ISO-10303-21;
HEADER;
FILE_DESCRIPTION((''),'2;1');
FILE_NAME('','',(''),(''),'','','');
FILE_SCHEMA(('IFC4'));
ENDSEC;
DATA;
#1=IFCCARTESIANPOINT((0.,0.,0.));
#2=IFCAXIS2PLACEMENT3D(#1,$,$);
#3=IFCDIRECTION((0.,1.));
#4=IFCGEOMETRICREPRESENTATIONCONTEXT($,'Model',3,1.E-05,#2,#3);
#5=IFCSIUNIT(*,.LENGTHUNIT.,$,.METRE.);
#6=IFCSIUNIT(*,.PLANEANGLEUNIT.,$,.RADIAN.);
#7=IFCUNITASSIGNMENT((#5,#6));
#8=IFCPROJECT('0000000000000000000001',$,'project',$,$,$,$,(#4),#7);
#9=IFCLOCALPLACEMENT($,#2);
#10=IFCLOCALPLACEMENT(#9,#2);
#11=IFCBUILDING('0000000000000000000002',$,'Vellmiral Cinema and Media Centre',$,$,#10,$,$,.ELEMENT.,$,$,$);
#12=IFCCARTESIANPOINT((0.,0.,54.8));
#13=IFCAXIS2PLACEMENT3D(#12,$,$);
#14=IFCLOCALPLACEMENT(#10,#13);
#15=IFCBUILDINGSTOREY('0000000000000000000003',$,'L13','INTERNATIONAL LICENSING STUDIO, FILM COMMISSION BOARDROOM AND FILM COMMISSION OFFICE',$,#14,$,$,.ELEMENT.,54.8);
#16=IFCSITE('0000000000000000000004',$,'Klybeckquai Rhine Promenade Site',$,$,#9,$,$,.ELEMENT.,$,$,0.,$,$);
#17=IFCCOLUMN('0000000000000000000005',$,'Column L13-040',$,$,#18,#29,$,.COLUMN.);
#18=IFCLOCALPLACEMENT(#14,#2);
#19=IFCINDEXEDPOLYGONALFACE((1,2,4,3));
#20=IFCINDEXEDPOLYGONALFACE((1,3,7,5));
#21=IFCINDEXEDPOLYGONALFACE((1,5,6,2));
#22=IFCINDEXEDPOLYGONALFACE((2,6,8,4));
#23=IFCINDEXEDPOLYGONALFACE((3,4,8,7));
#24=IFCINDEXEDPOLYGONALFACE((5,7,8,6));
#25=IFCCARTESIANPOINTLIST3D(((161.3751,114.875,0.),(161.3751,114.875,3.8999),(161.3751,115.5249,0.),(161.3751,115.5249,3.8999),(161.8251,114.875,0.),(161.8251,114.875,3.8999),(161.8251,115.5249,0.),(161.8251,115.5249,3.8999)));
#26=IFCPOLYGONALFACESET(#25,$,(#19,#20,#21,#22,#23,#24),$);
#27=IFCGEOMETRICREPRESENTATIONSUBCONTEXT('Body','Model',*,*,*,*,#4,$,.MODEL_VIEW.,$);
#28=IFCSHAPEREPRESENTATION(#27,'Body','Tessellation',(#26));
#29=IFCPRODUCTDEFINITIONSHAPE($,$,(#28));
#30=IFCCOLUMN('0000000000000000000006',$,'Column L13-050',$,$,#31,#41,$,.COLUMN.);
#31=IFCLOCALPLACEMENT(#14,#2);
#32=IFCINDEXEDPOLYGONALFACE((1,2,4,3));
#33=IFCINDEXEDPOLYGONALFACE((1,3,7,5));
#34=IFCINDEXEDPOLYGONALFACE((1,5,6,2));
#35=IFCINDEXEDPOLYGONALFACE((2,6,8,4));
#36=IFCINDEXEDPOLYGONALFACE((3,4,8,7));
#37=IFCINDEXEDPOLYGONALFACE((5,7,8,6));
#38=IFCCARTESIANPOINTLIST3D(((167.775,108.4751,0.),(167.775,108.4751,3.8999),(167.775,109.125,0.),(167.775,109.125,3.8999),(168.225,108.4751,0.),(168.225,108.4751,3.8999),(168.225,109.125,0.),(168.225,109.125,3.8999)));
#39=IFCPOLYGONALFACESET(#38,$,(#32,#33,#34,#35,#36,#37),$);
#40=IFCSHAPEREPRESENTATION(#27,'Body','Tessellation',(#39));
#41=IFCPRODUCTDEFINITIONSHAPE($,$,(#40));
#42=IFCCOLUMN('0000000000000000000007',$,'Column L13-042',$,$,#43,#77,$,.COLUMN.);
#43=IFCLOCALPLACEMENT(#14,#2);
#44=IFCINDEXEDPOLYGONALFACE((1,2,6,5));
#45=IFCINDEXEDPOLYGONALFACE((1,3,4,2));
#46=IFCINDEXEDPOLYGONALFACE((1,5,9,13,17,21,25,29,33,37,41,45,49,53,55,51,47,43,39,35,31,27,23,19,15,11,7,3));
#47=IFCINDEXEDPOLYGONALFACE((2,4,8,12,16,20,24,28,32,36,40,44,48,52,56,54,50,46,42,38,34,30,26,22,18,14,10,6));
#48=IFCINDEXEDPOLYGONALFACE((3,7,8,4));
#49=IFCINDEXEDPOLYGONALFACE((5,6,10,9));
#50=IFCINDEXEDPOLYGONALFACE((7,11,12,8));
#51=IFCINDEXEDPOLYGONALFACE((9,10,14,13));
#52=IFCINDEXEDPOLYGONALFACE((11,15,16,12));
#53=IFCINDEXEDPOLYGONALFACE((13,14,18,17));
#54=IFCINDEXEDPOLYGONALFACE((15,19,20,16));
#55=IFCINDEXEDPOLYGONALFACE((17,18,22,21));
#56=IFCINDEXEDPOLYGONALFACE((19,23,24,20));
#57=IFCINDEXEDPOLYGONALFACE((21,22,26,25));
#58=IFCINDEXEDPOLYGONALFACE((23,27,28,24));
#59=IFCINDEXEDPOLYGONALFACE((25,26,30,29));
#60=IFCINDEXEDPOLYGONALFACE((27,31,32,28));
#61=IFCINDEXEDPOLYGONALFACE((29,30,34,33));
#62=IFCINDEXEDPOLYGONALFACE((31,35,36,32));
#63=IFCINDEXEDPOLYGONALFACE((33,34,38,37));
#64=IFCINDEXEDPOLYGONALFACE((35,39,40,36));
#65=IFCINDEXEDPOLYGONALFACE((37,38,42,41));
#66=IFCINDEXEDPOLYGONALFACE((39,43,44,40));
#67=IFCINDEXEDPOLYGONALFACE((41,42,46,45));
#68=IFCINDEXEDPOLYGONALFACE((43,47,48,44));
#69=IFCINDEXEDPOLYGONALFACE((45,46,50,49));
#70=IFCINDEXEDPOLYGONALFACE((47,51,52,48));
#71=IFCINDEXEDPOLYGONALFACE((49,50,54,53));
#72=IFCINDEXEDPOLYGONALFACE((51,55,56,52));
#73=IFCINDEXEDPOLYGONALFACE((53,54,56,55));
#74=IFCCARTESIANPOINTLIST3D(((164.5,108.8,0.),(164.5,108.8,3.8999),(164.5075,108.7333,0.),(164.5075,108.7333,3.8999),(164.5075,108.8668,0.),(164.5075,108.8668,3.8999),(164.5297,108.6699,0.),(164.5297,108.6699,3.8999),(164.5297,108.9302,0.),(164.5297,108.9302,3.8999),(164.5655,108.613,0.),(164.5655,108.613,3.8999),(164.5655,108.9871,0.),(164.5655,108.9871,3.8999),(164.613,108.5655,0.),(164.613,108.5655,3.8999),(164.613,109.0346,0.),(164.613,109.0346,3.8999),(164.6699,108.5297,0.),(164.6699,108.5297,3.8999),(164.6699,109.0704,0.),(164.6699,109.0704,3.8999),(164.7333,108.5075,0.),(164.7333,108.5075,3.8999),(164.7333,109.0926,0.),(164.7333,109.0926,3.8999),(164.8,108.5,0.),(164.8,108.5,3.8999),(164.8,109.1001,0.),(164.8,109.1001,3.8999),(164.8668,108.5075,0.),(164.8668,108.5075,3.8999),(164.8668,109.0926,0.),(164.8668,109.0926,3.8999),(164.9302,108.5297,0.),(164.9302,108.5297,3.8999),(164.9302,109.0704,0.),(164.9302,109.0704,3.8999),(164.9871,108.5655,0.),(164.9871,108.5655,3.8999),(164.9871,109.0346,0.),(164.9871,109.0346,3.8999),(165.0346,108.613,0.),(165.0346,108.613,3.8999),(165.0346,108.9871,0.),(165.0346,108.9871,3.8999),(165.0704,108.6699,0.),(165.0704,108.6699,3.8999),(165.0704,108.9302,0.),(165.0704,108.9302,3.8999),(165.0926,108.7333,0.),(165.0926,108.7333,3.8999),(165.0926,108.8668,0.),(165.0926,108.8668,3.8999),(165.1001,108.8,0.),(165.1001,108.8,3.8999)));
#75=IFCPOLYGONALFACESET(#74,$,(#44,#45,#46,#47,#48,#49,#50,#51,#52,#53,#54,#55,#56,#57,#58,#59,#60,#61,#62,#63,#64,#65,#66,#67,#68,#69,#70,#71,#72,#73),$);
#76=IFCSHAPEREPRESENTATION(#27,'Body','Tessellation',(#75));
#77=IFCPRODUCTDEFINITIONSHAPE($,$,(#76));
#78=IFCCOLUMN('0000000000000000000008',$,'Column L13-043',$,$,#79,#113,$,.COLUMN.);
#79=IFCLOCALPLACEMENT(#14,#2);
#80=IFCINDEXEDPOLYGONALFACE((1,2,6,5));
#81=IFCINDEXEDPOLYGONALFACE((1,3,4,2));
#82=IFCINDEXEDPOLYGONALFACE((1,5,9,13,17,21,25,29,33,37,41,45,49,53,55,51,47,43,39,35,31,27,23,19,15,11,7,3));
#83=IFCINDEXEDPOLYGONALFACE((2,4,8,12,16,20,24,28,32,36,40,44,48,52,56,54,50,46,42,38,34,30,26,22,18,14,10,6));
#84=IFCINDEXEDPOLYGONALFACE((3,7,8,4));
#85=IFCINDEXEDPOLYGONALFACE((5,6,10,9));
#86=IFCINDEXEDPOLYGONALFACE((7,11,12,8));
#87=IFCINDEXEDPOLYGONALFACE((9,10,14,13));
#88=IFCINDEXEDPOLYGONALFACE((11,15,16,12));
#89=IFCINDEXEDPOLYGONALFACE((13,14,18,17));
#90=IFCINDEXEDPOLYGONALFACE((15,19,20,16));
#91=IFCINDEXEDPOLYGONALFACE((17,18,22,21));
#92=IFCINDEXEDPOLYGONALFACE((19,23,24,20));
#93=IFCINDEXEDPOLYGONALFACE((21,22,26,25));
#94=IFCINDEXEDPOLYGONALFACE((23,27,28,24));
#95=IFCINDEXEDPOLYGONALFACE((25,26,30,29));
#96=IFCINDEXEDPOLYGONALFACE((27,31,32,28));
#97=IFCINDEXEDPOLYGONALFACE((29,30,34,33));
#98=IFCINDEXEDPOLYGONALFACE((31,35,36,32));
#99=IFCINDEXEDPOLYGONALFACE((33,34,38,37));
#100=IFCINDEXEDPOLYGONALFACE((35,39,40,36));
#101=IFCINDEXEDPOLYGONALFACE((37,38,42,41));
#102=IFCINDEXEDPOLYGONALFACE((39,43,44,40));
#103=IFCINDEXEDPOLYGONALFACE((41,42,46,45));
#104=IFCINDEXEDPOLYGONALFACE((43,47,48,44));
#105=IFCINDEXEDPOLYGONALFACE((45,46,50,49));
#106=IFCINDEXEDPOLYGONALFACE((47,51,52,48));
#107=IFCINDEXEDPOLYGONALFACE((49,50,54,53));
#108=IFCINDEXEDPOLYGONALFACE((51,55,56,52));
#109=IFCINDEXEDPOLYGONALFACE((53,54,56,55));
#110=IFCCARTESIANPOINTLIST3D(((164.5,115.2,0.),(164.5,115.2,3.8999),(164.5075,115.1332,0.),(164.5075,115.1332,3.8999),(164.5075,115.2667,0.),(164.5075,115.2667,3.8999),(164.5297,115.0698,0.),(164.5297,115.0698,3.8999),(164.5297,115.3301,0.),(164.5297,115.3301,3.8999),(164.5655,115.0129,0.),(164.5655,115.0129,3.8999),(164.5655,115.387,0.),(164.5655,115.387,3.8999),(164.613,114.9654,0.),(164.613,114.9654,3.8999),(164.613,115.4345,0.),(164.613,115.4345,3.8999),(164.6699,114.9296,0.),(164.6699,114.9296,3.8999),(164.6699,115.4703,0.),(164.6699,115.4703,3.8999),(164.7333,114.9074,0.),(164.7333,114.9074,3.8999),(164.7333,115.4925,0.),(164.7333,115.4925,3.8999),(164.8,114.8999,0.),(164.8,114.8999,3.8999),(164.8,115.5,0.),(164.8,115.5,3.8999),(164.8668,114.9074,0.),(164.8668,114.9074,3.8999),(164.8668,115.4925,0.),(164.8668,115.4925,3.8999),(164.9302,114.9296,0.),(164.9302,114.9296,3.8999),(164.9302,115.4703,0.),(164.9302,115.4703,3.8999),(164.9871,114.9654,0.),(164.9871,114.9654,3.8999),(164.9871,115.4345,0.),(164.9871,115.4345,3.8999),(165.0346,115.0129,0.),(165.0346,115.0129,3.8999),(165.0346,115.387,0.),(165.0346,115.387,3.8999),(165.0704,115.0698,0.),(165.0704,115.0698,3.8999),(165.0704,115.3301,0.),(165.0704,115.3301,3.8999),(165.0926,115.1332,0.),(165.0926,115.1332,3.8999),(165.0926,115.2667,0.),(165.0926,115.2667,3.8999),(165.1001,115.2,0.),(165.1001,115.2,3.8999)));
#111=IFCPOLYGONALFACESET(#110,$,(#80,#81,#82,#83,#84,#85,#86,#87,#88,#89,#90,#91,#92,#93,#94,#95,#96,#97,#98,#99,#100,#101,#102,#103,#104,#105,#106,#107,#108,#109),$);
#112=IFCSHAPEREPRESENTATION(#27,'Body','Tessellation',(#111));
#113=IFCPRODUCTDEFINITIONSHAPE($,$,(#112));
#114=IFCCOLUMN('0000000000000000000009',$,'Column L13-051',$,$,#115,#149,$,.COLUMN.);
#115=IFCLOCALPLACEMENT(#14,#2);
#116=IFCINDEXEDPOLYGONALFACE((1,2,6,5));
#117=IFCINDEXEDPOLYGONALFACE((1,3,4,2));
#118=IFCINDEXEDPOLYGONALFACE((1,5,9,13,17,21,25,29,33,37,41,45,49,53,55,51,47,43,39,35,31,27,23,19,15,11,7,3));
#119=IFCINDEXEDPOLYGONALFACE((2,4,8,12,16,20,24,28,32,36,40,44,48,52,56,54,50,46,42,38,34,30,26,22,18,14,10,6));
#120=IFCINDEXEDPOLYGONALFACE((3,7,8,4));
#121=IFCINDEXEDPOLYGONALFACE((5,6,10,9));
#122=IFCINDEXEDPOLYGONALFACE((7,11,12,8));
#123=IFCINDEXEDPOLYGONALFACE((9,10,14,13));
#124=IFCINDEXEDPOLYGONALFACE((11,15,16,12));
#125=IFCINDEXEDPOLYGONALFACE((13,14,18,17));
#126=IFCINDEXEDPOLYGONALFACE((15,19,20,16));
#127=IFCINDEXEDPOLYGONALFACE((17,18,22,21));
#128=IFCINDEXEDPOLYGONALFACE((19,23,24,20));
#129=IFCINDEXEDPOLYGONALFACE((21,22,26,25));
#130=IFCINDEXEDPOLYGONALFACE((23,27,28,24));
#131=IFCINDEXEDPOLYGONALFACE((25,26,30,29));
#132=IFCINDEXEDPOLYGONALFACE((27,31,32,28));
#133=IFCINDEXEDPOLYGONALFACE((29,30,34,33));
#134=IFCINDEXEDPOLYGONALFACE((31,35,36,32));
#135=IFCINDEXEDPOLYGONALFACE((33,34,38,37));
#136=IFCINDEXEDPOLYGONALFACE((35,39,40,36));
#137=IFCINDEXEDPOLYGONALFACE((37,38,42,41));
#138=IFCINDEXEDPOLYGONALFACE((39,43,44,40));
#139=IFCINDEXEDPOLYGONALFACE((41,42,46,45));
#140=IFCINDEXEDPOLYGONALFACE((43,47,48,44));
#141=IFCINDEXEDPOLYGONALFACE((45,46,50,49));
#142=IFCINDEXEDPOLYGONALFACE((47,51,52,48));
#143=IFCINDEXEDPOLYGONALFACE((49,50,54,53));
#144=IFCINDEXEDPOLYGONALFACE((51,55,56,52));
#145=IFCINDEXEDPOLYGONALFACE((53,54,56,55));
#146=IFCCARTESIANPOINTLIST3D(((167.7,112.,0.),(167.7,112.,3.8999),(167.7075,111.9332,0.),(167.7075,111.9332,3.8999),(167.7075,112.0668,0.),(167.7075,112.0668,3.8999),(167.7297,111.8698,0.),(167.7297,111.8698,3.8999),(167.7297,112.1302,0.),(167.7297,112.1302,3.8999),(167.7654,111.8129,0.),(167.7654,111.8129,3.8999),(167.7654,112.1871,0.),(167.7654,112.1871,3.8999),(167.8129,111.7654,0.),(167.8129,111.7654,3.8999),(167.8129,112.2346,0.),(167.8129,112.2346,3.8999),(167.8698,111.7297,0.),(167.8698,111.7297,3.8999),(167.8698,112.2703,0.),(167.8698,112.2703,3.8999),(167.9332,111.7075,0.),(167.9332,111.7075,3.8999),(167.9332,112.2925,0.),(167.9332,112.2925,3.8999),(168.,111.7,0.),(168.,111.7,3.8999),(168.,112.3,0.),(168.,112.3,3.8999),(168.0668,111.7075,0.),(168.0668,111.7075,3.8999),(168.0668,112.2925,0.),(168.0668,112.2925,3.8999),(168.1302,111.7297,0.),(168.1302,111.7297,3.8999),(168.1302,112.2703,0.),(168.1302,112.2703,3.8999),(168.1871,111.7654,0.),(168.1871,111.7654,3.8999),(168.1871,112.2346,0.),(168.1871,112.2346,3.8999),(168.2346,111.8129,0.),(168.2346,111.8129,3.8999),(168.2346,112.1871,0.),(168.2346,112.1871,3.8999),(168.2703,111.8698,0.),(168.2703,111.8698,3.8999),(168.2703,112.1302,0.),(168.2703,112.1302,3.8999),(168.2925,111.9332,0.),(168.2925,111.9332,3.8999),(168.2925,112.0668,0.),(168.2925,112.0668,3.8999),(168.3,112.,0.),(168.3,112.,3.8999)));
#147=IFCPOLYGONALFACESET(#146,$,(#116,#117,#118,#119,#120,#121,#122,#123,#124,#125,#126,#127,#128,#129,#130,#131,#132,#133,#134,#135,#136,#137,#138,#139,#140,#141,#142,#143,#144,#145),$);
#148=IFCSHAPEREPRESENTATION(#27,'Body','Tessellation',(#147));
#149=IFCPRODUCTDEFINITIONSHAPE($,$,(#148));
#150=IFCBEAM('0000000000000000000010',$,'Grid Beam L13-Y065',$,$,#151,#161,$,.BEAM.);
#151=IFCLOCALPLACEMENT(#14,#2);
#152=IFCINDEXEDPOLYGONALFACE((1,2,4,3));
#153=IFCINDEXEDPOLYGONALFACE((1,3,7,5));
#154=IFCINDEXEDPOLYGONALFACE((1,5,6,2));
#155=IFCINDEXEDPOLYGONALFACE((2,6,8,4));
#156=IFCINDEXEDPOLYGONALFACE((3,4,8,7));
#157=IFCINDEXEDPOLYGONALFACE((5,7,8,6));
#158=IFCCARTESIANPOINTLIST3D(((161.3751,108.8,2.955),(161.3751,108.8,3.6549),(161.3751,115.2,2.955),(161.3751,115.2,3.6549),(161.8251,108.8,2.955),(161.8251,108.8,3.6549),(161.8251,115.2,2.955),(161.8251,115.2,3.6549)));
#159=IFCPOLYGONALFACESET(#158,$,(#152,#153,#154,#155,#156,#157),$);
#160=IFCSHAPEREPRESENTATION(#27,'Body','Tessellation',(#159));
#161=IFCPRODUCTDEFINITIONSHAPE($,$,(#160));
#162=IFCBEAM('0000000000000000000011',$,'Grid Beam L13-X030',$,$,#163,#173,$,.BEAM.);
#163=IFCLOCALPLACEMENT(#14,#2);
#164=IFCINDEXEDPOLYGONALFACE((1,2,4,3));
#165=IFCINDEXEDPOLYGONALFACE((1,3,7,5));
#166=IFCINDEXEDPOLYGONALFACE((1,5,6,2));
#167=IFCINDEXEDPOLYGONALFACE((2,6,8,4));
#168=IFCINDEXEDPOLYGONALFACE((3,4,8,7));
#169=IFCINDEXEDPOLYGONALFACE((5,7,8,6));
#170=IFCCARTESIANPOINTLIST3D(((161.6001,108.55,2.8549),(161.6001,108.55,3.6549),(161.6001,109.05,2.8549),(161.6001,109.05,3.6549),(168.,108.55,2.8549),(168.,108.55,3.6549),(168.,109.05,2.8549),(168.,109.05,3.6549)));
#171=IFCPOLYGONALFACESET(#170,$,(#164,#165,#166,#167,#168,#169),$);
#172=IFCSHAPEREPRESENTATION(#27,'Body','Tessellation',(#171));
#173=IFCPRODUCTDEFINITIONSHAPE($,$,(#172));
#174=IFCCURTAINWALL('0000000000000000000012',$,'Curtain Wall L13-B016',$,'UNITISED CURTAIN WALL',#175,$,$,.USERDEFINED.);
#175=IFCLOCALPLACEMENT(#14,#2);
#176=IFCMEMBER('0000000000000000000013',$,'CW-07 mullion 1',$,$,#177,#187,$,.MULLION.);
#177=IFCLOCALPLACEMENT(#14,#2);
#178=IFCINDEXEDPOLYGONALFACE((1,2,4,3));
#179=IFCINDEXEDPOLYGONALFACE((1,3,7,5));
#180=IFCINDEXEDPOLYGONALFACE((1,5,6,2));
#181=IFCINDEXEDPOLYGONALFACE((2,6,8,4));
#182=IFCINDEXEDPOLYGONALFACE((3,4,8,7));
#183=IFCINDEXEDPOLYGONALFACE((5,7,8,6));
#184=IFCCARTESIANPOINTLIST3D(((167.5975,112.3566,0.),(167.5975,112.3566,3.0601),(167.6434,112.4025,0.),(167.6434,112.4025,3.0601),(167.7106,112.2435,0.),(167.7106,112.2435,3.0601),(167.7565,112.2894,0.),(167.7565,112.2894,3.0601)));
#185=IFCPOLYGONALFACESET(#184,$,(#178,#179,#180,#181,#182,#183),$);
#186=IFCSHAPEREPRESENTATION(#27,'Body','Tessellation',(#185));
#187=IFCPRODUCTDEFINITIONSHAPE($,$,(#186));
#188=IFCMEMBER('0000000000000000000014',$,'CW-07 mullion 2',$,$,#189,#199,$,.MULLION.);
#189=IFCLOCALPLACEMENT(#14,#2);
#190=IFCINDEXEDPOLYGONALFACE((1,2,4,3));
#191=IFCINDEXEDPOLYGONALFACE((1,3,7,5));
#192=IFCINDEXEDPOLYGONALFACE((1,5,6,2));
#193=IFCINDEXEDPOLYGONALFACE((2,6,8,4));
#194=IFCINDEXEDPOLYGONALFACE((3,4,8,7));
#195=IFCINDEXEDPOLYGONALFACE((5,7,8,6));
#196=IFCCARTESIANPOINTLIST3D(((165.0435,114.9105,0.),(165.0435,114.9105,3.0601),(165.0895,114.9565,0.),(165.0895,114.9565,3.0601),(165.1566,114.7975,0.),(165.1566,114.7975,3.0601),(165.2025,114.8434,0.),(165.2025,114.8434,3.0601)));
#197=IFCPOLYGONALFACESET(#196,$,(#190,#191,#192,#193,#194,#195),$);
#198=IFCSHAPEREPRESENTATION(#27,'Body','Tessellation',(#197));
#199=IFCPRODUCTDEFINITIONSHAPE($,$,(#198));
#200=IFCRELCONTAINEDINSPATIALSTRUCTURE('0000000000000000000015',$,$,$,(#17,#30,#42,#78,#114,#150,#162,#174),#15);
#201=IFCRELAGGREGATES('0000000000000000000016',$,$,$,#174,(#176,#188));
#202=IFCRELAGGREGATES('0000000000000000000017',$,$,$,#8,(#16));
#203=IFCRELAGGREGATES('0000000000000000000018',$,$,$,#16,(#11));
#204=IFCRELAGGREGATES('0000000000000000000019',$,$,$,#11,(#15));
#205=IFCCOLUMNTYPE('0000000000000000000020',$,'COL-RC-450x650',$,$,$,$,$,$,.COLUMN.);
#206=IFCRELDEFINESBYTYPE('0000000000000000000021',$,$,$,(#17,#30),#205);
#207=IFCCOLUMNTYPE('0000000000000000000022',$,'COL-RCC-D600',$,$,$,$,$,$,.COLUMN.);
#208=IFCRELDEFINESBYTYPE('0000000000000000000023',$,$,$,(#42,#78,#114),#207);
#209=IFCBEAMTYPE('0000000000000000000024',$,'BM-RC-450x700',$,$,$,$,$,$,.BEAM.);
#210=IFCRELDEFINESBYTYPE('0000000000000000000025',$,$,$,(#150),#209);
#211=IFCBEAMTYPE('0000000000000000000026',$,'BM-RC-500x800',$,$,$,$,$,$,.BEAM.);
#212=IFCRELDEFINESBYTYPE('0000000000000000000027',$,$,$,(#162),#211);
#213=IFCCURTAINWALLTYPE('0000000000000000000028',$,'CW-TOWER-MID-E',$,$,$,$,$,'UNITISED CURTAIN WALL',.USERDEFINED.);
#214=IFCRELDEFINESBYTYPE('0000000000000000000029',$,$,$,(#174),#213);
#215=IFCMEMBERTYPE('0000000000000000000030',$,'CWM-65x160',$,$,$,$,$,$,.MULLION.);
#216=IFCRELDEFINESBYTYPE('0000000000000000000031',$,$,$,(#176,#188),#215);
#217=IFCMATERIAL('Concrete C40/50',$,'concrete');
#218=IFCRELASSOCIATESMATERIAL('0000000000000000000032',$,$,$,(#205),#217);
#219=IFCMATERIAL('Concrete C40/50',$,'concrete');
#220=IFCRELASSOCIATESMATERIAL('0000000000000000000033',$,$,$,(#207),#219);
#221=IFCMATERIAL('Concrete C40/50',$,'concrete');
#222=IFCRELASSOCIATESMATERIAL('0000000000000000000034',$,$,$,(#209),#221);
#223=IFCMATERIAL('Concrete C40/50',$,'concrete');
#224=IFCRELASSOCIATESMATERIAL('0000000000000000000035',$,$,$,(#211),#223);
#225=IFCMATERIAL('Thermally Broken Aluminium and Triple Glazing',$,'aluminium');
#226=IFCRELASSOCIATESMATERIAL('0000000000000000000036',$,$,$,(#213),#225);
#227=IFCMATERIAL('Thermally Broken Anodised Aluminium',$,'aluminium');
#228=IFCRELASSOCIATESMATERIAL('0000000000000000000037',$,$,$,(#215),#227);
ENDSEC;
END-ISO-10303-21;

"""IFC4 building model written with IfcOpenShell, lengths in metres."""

from ifc_helpers import new_model, si_unit, direction, frame, origin, origin_2d, place, context, subcontext, project, spatial, rectangle, circle, extrude, material, material_profile, profile_set, type_object, element, aggregate, save


model = new_model("IFC4")

# Units and contexts
model_context = context("Model", 3, precision=1e-05, world=origin(), true_north=direction((0.0, 1.0)))
body_context = subcontext(model_context, "Body", "Model", "MODEL_VIEW")
ifc_project = project(units=[si_unit("LENGTHUNIT", "METRE"), si_unit("PLANEANGLEUNIT", "RADIAN")], contexts=[model_context])

# Site, building, storey
site_placement = place(None, origin())
site = spatial("IfcSite", under=ifc_project, at=site_placement, Name="Klybeckquai Rhine Promenade Site", CompositionType="ELEMENT", RefElevation=0.0)
building_placement = place(site_placement, origin())
building = spatial("IfcBuilding", under=site, at=building_placement, Name="Vellmiral Cinema and Media Centre", CompositionType="ELEMENT")
storey_placement = place(building_placement, frame((0.0, 0.0, 54.8)))
storey = spatial("IfcBuildingStorey", under=building, at=storey_placement, Name="L13", Description="INTERNATIONAL LICENSING STUDIO, FILM COMMISSION BOARDROOM AND FILM COMMISSION OFFICE", CompositionType="ELEMENT", Elevation=54.8)

# Columns
ifc_material_1 = material(Name="Concrete C40/50", Category="concrete")
ifc_material_profile_1 = material_profile(ifc_material_1, rectangle(XDim=0.45, YDim=0.6499, at=origin_2d()), Name="RC 450x650")
ifc_profile_set_1 = profile_set([ifc_material_profile_1], Name="Concrete C40/50")
column_type_1 = type_object("IfcColumnType", Name="COL-RC-450x650", PredefinedType="COLUMN", material=ifc_profile_set_1)
for number, where, z_axis, x_axis, name in (
    (1, (161.6001, 115.2, 0.0), (0.0, 0.0, 1.0), (1.0, 0.0, 0.0), "Column L13-040"),
    (2, (168.0, 108.8, 0.0), (0.0, 0.0, 1.0), (1.0, 0.0, 0.0), "Column L13-050"),
):
    element("IfcColumn", number, at=place(storey_placement, frame(where, z_axis=z_axis, x_axis=x_axis)), inside=storey, type_object=column_type_1, Name=name, PredefinedType="COLUMN", context=body_context, shape_type="SweptSolid", body=[
        extrude(rectangle(XDim=0.45, YDim=0.6499, at=origin_2d()), origin(), (0.0, 0.0, 1.0), 3.8999),
    ])
ifc_material_2 = material(Name="Concrete C40/50", Category="concrete")
ifc_material_profile_2 = material_profile(ifc_material_2, circle(Radius=0.3, at=origin_2d()), Name="RC D600")
ifc_profile_set_2 = profile_set([ifc_material_profile_2], Name="Concrete C40/50")
column_type_2 = type_object("IfcColumnType", Name="COL-RCC-D600", PredefinedType="COLUMN", material=ifc_profile_set_2)
for number, where, z_axis, x_axis, name in (
    (3, (164.8, 108.8, 0.0), (0.0, 0.0, 1.0), (1.0, 0.0, 0.0), "Column L13-042"),
    (4, (164.8, 115.2, 0.0), (0.0, 0.0, 1.0), (1.0, 0.0, 0.0), "Column L13-043"),
    (5, (168.0, 112.0, 0.0), (0.0, 0.0, 1.0), (1.0, 0.0, 0.0), "Column L13-051"),
):
    element("IfcColumn", number, at=place(storey_placement, frame(where, z_axis=z_axis, x_axis=x_axis)), inside=storey, type_object=column_type_2, Name=name, PredefinedType="COLUMN", context=body_context, shape_type="SweptSolid", body=[
        extrude(circle(Radius=0.3, at=origin_2d()), origin(), (0.0, 0.0, 1.0), 3.8999),
    ])

# Beams
ifc_material_3 = material(Name="Concrete C40/50", Category="concrete")
ifc_material_profile_3 = material_profile(ifc_material_3, rectangle(XDim=0.45, YDim=0.7, at=origin_2d()), Name="RC 450x700")
ifc_profile_set_3 = profile_set([ifc_material_profile_3], Name="Concrete C40/50")
beam_type_1 = type_object("IfcBeamType", Name="BM-RC-450x700", PredefinedType="BEAM", material=ifc_profile_set_3)
beam_1_placement = place(storey_placement, frame((161.6001, 108.8, 3.3049), z_axis=(0.0, 1.0, 0.0), x_axis=(-1.0, 0.0, 0.0)))
element("IfcBeam", 6, at=beam_1_placement, inside=storey, type_object=beam_type_1, Name="Grid Beam L13-Y065", PredefinedType="BEAM", context=body_context, shape_type="SweptSolid", body=[
    extrude(rectangle(XDim=0.45, YDim=0.7, at=origin_2d()), origin(), (0.0, 0.0, 1.0), 6.3999),
])
ifc_material_4 = material(Name="Concrete C40/50", Category="concrete")
ifc_material_profile_4 = material_profile(ifc_material_4, rectangle(XDim=0.5, YDim=0.8, at=origin_2d()), Name="RC 500x800")
ifc_profile_set_4 = profile_set([ifc_material_profile_4], Name="Concrete C40/50")
beam_type_2 = type_object("IfcBeamType", Name="BM-RC-500x800", PredefinedType="BEAM", material=ifc_profile_set_4)
beam_2_placement = place(storey_placement, frame((161.6001, 108.8, 3.2549), z_axis=(1.0, 0.0, 0.0), x_axis=(0.0, 1.0, 0.0)))
element("IfcBeam", 7, at=beam_2_placement, inside=storey, type_object=beam_type_2, Name="Grid Beam L13-X030", PredefinedType="BEAM", context=body_context, shape_type="SweptSolid", body=[
    extrude(rectangle(XDim=0.5, YDim=0.8, at=origin_2d()), origin(), (0.0, 0.0, 1.0), 6.3999),
])

# Curtain wall, members
ifc_material_5 = material(Name="Thermally Broken Aluminium and Triple Glazing", Category="aluminium")
curtain_wall_type_1 = type_object("IfcCurtainWallType", Name="CW-TOWER-MID-E", ElementType="UNITISED CURTAIN WALL", PredefinedType="USERDEFINED", material=ifc_material_5)
curtain_wall_1_placement = place(storey_placement, origin())
curtain_wall_1 = element("IfcCurtainWall", 8, at=curtain_wall_1_placement, inside=storey, type_object=curtain_wall_type_1, Name="Curtain Wall L13-B016", ObjectType="UNITISED CURTAIN WALL", PredefinedType="USERDEFINED")
ifc_material_6 = material(Name="Thermally Broken Anodised Aluminium", Category="aluminium")
ifc_material_profile_5 = material_profile(ifc_material_6, rectangle(XDim=0.0649, YDim=0.1599, at=origin_2d()), Name="MULL 65x160")
ifc_profile_set_5 = profile_set([ifc_material_profile_5], Name="Thermally Broken Anodised Aluminium")
member_type_1 = type_object("IfcMemberType", Name="CWM-65x160", PredefinedType="MULLION", material=ifc_profile_set_5)
member_1_placement = place(storey_placement, frame((167.677, 112.323, 0.0), z_axis=(0.0, 0.0, 1.0), x_axis=(-0.707107, -0.707107, 0.0)))
member_1 = element("IfcMember", 9, at=member_1_placement, type_object=member_type_1, Name="CW-07 mullion 1", PredefinedType="MULLION", context=body_context, shape_type="SweptSolid", body=[
    extrude(rectangle(XDim=0.0649, YDim=0.1599, at=origin_2d()), origin(), (0.0, 0.0, 1.0), 3.0601),
])
member_2_placement = place(storey_placement, frame((165.123, 114.877, 0.0), z_axis=(0.0, 0.0, 1.0), x_axis=(-0.707107, -0.707107, 0.0)))
member_2 = element("IfcMember", 10, at=member_2_placement, type_object=member_type_1, Name="CW-07 mullion 2", PredefinedType="MULLION", context=body_context, shape_type="SweptSolid", body=[
    extrude(rectangle(XDim=0.0649, YDim=0.1599, at=origin_2d()), origin(), (0.0, 0.0, 1.0), 3.0601),
])

aggregate(curtain_wall_1, [member_1, member_2])

save(model, "model.ifc")
